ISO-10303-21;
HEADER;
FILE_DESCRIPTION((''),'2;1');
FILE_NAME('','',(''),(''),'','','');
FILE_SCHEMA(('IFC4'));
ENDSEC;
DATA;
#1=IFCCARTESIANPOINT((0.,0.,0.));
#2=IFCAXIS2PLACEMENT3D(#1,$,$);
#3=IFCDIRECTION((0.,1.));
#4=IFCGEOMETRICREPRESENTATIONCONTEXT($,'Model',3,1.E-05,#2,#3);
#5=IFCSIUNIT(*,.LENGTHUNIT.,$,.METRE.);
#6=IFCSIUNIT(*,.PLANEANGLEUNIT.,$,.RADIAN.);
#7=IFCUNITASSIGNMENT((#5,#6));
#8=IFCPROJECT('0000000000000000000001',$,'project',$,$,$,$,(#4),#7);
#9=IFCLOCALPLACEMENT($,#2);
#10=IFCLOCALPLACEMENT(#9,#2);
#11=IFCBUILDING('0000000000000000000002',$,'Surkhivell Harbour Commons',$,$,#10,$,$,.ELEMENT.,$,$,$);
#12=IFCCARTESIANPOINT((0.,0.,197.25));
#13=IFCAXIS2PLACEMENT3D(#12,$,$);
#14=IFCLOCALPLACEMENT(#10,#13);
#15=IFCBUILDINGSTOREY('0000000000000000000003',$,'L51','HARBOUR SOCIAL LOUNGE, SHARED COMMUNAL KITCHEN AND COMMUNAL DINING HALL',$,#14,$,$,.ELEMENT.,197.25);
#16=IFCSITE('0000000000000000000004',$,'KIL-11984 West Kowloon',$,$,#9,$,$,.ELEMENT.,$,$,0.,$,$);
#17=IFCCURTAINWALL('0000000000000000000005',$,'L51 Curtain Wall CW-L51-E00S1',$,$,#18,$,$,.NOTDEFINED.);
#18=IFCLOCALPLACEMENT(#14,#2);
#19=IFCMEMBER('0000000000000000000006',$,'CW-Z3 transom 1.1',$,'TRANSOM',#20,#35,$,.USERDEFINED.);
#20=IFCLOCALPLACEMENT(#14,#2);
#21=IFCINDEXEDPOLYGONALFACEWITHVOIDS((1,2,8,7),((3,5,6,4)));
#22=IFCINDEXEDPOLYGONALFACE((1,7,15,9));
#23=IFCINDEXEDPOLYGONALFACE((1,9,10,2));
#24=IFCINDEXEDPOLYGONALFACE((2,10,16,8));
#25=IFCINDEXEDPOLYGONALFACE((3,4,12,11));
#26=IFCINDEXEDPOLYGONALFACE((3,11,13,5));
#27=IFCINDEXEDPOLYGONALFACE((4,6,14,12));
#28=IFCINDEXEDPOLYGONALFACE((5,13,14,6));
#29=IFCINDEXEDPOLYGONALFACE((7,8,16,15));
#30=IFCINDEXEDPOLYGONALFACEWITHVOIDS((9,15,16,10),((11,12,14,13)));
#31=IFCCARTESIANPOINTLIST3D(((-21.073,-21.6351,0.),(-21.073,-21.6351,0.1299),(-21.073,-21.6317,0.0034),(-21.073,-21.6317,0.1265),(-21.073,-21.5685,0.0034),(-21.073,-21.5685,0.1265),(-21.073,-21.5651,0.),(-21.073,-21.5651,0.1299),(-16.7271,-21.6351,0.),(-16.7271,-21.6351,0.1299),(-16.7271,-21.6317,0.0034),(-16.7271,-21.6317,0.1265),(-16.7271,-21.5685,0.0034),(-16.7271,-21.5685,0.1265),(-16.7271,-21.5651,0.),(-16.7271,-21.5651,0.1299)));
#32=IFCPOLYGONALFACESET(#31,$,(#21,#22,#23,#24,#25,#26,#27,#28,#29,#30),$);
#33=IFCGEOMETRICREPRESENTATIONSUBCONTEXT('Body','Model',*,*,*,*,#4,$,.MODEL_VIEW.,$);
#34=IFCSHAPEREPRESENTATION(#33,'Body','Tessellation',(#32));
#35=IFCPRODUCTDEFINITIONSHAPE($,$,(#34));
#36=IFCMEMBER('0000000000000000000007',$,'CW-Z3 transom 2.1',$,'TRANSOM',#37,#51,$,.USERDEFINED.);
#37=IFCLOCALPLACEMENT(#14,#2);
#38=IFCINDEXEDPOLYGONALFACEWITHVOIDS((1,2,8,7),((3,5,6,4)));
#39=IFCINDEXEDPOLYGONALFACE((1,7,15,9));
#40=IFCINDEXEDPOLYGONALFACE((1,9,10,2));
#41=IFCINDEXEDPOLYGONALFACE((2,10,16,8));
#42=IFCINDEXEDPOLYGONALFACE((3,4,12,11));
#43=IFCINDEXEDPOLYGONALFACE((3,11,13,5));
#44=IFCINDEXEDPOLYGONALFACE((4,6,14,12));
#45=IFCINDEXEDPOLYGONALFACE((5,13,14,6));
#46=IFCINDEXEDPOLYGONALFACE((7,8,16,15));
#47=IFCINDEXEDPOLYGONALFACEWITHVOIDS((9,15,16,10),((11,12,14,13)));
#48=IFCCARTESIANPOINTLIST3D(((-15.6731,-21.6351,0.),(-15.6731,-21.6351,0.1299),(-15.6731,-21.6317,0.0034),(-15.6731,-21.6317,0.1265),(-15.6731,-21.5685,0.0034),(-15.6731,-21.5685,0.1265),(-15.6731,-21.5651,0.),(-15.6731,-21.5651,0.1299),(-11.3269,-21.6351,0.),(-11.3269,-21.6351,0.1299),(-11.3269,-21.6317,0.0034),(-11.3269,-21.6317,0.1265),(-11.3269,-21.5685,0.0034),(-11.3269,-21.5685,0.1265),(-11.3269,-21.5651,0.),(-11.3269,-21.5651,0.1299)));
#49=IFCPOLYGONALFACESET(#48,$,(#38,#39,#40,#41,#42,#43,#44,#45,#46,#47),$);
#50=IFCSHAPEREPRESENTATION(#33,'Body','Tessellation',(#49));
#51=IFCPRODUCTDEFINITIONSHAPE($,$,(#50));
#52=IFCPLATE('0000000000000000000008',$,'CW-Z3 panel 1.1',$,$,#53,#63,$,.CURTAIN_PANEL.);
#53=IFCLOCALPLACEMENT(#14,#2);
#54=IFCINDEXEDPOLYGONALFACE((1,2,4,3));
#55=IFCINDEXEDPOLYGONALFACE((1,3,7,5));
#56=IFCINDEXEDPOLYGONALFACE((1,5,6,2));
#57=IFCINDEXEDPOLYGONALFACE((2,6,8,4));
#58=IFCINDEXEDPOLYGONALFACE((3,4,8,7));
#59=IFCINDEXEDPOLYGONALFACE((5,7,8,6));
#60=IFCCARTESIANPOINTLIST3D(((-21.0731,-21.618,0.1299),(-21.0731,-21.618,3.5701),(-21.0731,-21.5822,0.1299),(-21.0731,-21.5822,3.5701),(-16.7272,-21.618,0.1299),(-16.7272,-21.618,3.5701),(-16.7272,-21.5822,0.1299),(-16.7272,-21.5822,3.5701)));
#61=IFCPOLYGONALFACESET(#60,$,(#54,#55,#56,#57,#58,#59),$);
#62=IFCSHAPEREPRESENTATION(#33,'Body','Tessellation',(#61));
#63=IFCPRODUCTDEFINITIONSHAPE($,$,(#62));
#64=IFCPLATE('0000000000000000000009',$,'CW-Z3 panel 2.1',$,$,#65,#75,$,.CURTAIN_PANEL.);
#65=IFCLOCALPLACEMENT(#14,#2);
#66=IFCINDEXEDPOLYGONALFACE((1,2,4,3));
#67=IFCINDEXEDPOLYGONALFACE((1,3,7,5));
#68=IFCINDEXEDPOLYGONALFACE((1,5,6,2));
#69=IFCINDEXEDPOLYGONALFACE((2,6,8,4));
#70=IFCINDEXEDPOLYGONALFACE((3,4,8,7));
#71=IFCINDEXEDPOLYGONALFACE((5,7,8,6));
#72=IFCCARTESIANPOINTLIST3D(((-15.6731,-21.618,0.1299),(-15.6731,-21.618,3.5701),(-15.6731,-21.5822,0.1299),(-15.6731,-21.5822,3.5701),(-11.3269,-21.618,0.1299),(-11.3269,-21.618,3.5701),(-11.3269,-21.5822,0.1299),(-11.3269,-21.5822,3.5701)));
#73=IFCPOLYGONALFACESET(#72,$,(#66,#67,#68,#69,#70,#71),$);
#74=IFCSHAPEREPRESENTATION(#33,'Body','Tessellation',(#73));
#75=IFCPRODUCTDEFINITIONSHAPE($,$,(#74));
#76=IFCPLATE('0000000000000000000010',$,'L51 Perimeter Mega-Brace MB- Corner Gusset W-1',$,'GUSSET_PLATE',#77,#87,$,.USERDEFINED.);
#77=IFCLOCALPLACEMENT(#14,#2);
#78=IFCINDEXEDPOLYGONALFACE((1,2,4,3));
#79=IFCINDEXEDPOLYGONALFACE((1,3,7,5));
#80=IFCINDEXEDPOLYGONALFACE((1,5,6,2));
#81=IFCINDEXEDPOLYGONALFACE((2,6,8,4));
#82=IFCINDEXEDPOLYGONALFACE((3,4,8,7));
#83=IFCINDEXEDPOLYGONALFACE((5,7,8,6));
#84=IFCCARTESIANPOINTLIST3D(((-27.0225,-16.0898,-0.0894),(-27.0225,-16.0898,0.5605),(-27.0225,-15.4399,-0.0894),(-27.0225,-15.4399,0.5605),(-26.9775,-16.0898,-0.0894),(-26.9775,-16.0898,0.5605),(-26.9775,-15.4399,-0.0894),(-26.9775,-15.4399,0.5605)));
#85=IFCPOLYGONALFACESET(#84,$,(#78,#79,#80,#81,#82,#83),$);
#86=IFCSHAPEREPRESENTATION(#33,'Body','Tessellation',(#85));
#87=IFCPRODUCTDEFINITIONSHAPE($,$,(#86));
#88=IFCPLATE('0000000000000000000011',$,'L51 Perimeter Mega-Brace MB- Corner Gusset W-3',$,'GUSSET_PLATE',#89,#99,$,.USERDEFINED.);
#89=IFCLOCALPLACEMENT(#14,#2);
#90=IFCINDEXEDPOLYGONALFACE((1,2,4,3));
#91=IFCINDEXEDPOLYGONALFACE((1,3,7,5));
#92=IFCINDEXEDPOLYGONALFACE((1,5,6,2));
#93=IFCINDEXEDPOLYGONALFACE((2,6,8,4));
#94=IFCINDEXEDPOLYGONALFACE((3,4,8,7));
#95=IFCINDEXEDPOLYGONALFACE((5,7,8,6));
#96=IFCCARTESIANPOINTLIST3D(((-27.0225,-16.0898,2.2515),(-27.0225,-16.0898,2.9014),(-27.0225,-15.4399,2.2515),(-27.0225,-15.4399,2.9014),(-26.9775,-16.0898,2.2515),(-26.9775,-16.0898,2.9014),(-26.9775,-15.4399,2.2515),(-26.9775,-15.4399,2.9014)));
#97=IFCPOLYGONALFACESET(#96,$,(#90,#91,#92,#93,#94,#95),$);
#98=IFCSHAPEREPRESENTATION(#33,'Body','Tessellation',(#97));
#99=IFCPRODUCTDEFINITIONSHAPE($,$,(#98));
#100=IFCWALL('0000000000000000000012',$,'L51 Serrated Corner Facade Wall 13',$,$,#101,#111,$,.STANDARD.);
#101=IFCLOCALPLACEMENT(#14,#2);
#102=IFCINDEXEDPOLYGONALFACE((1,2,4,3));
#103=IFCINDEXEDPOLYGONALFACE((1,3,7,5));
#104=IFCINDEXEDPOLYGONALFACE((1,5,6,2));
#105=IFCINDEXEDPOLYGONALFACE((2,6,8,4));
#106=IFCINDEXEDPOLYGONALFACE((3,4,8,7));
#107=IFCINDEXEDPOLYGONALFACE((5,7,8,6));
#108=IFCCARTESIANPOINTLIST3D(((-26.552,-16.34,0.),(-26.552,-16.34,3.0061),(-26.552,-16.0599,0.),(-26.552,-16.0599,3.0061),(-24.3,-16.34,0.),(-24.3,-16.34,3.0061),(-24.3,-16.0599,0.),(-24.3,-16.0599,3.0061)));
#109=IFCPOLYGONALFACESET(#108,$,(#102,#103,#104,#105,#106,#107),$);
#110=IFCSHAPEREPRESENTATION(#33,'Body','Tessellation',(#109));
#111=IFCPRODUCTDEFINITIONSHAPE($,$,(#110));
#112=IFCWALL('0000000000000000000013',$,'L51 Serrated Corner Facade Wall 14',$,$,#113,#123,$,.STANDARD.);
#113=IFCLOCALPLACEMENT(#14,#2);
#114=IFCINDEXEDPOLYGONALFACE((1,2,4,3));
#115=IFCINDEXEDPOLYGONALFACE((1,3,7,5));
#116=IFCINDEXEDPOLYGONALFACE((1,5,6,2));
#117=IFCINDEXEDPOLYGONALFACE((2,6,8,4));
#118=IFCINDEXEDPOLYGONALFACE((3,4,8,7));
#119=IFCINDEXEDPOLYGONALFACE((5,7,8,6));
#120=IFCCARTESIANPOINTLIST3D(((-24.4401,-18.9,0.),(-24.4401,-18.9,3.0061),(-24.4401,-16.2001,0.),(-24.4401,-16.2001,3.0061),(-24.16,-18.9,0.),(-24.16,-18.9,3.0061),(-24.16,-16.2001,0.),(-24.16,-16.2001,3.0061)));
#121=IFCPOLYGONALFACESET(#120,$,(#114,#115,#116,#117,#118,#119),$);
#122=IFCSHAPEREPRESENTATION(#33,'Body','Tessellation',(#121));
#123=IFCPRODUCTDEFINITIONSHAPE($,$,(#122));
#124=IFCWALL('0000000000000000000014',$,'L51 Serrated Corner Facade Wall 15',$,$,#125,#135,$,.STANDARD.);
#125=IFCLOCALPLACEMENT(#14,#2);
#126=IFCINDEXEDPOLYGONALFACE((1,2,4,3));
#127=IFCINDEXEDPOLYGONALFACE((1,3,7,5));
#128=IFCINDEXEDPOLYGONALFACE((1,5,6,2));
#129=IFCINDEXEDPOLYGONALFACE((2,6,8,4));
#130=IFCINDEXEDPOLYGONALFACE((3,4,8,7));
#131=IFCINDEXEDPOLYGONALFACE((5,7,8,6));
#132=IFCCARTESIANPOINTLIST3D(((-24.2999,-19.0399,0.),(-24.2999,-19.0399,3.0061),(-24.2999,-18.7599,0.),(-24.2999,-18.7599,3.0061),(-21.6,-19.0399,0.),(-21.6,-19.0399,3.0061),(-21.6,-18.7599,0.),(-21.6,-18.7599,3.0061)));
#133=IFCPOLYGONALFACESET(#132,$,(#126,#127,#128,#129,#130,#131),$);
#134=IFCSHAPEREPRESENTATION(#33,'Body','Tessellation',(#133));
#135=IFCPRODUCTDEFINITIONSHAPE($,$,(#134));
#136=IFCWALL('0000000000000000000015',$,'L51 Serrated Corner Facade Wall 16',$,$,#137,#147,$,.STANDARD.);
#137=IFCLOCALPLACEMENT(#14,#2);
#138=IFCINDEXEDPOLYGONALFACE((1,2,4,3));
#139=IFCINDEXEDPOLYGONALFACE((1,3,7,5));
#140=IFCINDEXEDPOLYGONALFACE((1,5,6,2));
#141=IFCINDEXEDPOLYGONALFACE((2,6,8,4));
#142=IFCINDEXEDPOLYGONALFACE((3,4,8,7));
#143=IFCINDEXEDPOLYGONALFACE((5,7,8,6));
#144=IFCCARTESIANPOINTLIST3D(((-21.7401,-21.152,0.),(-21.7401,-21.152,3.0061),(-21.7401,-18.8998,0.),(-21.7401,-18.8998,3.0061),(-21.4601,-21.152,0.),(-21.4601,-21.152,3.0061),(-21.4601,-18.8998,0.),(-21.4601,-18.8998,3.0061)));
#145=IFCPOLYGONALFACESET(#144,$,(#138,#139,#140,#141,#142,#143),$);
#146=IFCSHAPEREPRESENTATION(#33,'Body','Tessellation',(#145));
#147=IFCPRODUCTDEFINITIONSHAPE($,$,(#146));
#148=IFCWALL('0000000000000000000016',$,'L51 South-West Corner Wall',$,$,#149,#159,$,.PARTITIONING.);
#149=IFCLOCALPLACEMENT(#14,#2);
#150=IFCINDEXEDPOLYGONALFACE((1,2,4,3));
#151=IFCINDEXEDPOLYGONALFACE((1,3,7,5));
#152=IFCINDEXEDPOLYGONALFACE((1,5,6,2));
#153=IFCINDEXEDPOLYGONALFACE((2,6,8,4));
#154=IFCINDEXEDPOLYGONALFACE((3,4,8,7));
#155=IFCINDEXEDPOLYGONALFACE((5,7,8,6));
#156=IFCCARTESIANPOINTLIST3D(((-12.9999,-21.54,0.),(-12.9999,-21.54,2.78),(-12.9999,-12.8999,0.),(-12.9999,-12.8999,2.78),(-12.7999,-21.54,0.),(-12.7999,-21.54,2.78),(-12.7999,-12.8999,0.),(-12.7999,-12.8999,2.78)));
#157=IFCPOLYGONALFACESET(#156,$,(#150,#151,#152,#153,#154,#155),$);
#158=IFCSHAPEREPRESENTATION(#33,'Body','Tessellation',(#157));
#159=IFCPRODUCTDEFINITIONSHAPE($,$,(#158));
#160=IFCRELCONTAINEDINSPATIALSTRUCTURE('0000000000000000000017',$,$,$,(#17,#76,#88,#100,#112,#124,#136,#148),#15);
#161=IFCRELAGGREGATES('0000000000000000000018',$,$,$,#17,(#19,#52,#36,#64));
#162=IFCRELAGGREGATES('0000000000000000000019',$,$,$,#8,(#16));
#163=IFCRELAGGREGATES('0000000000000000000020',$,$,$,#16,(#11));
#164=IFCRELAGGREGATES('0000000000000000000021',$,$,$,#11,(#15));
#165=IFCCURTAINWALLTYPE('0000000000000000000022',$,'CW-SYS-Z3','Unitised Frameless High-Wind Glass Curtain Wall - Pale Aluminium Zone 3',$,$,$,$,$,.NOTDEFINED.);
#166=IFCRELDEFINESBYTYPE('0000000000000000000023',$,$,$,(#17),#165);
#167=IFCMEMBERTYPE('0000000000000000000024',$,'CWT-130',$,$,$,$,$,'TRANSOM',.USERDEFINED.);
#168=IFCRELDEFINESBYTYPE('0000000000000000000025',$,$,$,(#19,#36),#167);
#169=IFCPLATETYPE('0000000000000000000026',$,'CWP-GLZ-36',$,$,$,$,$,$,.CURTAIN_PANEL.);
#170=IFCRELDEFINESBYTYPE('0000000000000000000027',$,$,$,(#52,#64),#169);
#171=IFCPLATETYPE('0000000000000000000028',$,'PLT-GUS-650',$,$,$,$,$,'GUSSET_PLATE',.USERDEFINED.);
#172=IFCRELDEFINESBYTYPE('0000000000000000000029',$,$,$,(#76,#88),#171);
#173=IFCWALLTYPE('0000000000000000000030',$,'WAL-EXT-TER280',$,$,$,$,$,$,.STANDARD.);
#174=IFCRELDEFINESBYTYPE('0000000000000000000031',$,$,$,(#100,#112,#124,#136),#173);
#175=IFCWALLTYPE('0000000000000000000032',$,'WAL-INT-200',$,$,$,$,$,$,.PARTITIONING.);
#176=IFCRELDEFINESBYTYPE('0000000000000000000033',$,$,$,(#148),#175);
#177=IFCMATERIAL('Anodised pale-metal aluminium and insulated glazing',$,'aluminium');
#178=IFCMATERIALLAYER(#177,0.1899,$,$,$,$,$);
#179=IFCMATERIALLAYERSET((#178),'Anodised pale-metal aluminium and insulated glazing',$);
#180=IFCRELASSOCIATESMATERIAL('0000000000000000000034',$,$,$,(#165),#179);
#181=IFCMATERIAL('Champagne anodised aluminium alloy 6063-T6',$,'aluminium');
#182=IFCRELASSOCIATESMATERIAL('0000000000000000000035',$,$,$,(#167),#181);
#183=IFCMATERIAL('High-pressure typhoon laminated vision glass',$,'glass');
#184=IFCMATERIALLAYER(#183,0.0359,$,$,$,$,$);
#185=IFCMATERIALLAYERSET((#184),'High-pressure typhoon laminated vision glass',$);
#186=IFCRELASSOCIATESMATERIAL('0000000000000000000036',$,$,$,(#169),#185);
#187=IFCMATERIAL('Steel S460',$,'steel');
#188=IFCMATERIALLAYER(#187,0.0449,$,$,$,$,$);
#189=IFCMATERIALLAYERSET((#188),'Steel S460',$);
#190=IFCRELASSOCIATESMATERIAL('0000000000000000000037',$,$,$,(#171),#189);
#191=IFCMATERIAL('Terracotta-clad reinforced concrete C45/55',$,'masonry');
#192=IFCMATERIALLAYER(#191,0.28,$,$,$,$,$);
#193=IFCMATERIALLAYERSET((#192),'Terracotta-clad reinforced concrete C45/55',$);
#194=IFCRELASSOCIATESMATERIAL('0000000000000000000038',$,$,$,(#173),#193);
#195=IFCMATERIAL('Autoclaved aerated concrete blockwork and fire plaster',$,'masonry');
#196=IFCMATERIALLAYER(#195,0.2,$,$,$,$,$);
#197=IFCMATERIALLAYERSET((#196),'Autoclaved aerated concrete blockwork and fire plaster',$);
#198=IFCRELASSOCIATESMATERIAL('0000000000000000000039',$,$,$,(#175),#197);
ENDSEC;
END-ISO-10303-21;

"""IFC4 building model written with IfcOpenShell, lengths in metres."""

from ifc_helpers import new_model, si_unit, direction, frame, frame_2d, origin, origin_2d, place, context, subcontext, project, spatial, rectangle, hollow_rectangle, extrude, material, layer, layer_set, material_profile, profile_set, type_object, element, aggregate, save


model = new_model("IFC4")

# Units and contexts
model_context = context("Model", 3, precision=1e-05, world=origin(), true_north=direction((0.0, 1.0)))
body_context = subcontext(model_context, "Body", "Model", "MODEL_VIEW")
ifc_project = project(units=[si_unit("LENGTHUNIT", "METRE"), si_unit("PLANEANGLEUNIT", "RADIAN")], contexts=[model_context])

# Site, building, storey
site_placement = place(None, origin())
site = spatial("IfcSite", under=ifc_project, at=site_placement, Name="KIL-11984 West Kowloon", CompositionType="ELEMENT", RefElevation=0.0)
building_placement = place(site_placement, origin())
building = spatial("IfcBuilding", under=site, at=building_placement, Name="Surkhivell Harbour Commons", CompositionType="ELEMENT")
storey_placement = place(building_placement, frame((0.0, 0.0, 197.25)))
storey = spatial("IfcBuildingStorey", under=building, at=storey_placement, Name="L51", Description="HARBOUR SOCIAL LOUNGE, SHARED COMMUNAL KITCHEN AND COMMUNAL DINING HALL", CompositionType="ELEMENT", Elevation=197.25)

# Curtain wall, members, plates
ifc_material_1 = material(Name="Anodised pale-metal aluminium and insulated glazing", Category="aluminium")
ifc_layer_1 = layer(ifc_material_1, 0.1899)
ifc_layer_set_1 = layer_set([ifc_layer_1], Name="Anodised pale-metal aluminium and insulated glazing")
curtain_wall_type = type_object("IfcCurtainWallType", Name="CW-SYS-Z3", Description="Unitised Frameless High-Wind Glass Curtain Wall - Pale Aluminium Zone 3", PredefinedType="NOTDEFINED", material=ifc_layer_set_1)
curtain_wall_placement = place(storey_placement, origin())
curtain_wall = element("IfcCurtainWall", 1, at=curtain_wall_placement, inside=storey, type_object=curtain_wall_type, Name="L51 Curtain Wall CW-L51-E00S1", PredefinedType="NOTDEFINED")
ifc_material_2 = material(Name="Champagne anodised aluminium alloy 6063-T6", Category="aluminium")
ifc_material_profile_1 = material_profile(ifc_material_2, hollow_rectangle(XDim=0.0701, YDim=0.1299, WallThickness=0.0034, at=origin_2d()), Name="ALU-TRAN-70x130")
ifc_profile_set_1 = profile_set([ifc_material_profile_1], Name="Champagne anodised aluminium alloy 6063-T6")
member_type_1 = type_object("IfcMemberType", Name="CWT-130", ElementType="TRANSOM", PredefinedType="USERDEFINED", material=ifc_profile_set_1)
member_1_placement = place(storey_placement, frame((-21.073, -21.6001, 0.0649), z_axis=(1.0, 0.0, 0.0), x_axis=(0.0, 1.0, 0.0)))
member_1 = element("IfcMember", 2, at=member_1_placement, type_object=member_type_1, Name="CW-Z3 transom 1.1", ObjectType="TRANSOM", PredefinedType="USERDEFINED", context=body_context, shape_type="SweptSolid", body=[
    extrude(hollow_rectangle(XDim=0.0701, YDim=0.1299, WallThickness=0.0034, at=origin_2d()), origin(), (0.0, 0.0, 1.0), 4.3459),
])
member_2_placement = place(storey_placement, frame((-15.6731, -21.6001, 0.0649), z_axis=(1.0, 0.0, 0.0), x_axis=(0.0, 1.0, 0.0)))
member_2 = element("IfcMember", 3, at=member_2_placement, type_object=member_type_1, Name="CW-Z3 transom 2.1", ObjectType="TRANSOM", PredefinedType="USERDEFINED", context=body_context, shape_type="SweptSolid", body=[
    extrude(hollow_rectangle(XDim=0.0701, YDim=0.1299, WallThickness=0.0034, at=origin_2d()), origin(), (0.0, 0.0, 1.0), 4.3462),
])
ifc_material_3 = material(Name="High-pressure typhoon laminated vision glass", Category="glass")
ifc_layer_2 = layer(ifc_material_3, 0.0359)
ifc_layer_set_2 = layer_set([ifc_layer_2], Name="High-pressure typhoon laminated vision glass")
plate_type_1 = type_object("IfcPlateType", Name="CWP-GLZ-36", PredefinedType="CURTAIN_PANEL", material=ifc_layer_set_2)
plate_1_placement = place(storey_placement, frame((-21.073, -21.6001, 0.1299), z_axis=(0.0, 0.0, 1.0), x_axis=(1.0, 0.0, 0.0)))
plate_1 = element("IfcPlate", 4, at=plate_1_placement, type_object=plate_type_1, Name="CW-Z3 panel 1.1", PredefinedType="CURTAIN_PANEL", context=body_context, shape_type="SweptSolid", body=[
    extrude(rectangle(XDim=4.3459, YDim=0.0359, at=frame_2d((2.1729, 0.0))), origin(), (0.0, 0.0, 1.0), 3.4402),
])
plate_2_placement = place(storey_placement, frame((-15.6731, -21.6001, 0.1299), z_axis=(0.0, 0.0, 1.0), x_axis=(1.0, 0.0, 0.0)))
plate_2 = element("IfcPlate", 5, at=plate_2_placement, type_object=plate_type_1, Name="CW-Z3 panel 2.1", PredefinedType="CURTAIN_PANEL", context=body_context, shape_type="SweptSolid", body=[
    extrude(rectangle(XDim=4.3462, YDim=0.0359, at=frame_2d((2.1731, 0.0))), origin(), (0.0, 0.0, 1.0), 3.4402),
])
aggregate(curtain_wall, [member_1, plate_1, member_2, plate_2])

# Plates
ifc_material_4 = material(Name="Steel S460", Category="steel")
ifc_layer_3 = layer(ifc_material_4, 0.0449)
ifc_layer_set_3 = layer_set([ifc_layer_3], Name="Steel S460")
plate_type_2 = type_object("IfcPlateType", Name="PLT-GUS-650", ElementType="GUSSET_PLATE", PredefinedType="USERDEFINED", material=ifc_layer_set_3)
for number, where, z_axis, x_axis, name in (
    (6, (-27.0, -15.7649, -0.0894), (0.0, 0.0, 1.0), (0.0, 1.0, 0.0), "L51 Perimeter Mega-Brace MB- Corner Gusset W-1"),
    (7, (-27.0, -15.7649, 2.2515), (0.0, 0.0, 1.0), (0.0, 1.0, 0.0), "L51 Perimeter Mega-Brace MB- Corner Gusset W-3"),
):
    element("IfcPlate", number, at=place(storey_placement, frame(where, z_axis=z_axis, x_axis=x_axis)), inside=storey, type_object=plate_type_2, Name=name, ObjectType="GUSSET_PLATE", PredefinedType="USERDEFINED", context=body_context, shape_type="SweptSolid", body=[
        extrude(rectangle(XDim=0.6499, YDim=0.0449, at=origin_2d()), origin(), (0.0, 0.0, 1.0), 0.6499),
    ])

# Walls
ifc_material_5 = material(Name="Terracotta-clad reinforced concrete C45/55", Category="masonry")
ifc_layer_4 = layer(ifc_material_5, 0.28)
ifc_layer_set_4 = layer_set([ifc_layer_4], Name="Terracotta-clad reinforced concrete C45/55")
wall_type_1 = type_object("IfcWallType", Name="WAL-EXT-TER280", PredefinedType="STANDARD", material=ifc_layer_set_4)
wall_1_placement = place(storey_placement, frame((-26.552, -16.2, 0.0), z_axis=(0.0, 0.0, 1.0), x_axis=(1.0, 0.0, 0.0)))
element("IfcWall", 8, at=wall_1_placement, inside=storey, type_object=wall_type_1, Name="L51 Serrated Corner Facade Wall 13", PredefinedType="STANDARD", context=body_context, shape_type="SweptSolid", body=[
    extrude(rectangle(XDim=2.252, YDim=0.28, at=frame_2d((1.126, 0.0))), origin(), (0.0, 0.0, 1.0), 3.0061),
])
for number, where, z_axis, x_axis, name in (
    (9, (-24.3, -16.2, 0.0), (0.0, 0.0, 1.0), (0.0, -1.0, 0.0), "L51 Serrated Corner Facade Wall 14"),
    (10, (-24.3, -18.8999, 0.0), (0.0, 0.0, 1.0), (1.0, 0.0, 0.0), "L51 Serrated Corner Facade Wall 15"),
):
    element("IfcWall", number, at=place(storey_placement, frame(where, z_axis=z_axis, x_axis=x_axis)), inside=storey, type_object=wall_type_1, Name=name, PredefinedType="STANDARD", context=body_context, shape_type="SweptSolid", body=[
        extrude(rectangle(XDim=2.7, YDim=0.28, at=frame_2d((1.3501, 0.0))), origin(), (0.0, 0.0, 1.0), 3.0061),
    ])
wall_2_placement = place(storey_placement, frame((-21.6001, -18.8999, 0.0), z_axis=(0.0, 0.0, 1.0), x_axis=(0.0, -1.0, 0.0)))
element("IfcWall", 11, at=wall_2_placement, inside=storey, type_object=wall_type_1, Name="L51 Serrated Corner Facade Wall 16", PredefinedType="STANDARD", context=body_context, shape_type="SweptSolid", body=[
    extrude(rectangle(XDim=2.2522, YDim=0.28, at=frame_2d((1.126, 0.0))), origin(), (0.0, 0.0, 1.0), 3.0061),
])
ifc_material_6 = material(Name="Autoclaved aerated concrete blockwork and fire plaster", Category="masonry")
ifc_layer_5 = layer(ifc_material_6, 0.2)
ifc_layer_set_5 = layer_set([ifc_layer_5], Name="Autoclaved aerated concrete blockwork and fire plaster")
wall_type_2 = type_object("IfcWallType", Name="WAL-INT-200", PredefinedType="PARTITIONING", material=ifc_layer_set_5)
wall_3_placement = place(storey_placement, frame((-12.8999, -21.54, 0.0), z_axis=(0.0, 0.0, 1.0), x_axis=(0.0, 1.0, 0.0)))
element("IfcWall", 12, at=wall_3_placement, inside=storey, type_object=wall_type_2, Name="L51 South-West Corner Wall", PredefinedType="PARTITIONING", context=body_context, shape_type="SweptSolid", body=[
    extrude(rectangle(XDim=8.6401, YDim=0.2, at=frame_2d((4.3201, 0.0))), origin(), (0.0, 0.0, 1.0), 2.78),
])

save(model, "model.ifc")
